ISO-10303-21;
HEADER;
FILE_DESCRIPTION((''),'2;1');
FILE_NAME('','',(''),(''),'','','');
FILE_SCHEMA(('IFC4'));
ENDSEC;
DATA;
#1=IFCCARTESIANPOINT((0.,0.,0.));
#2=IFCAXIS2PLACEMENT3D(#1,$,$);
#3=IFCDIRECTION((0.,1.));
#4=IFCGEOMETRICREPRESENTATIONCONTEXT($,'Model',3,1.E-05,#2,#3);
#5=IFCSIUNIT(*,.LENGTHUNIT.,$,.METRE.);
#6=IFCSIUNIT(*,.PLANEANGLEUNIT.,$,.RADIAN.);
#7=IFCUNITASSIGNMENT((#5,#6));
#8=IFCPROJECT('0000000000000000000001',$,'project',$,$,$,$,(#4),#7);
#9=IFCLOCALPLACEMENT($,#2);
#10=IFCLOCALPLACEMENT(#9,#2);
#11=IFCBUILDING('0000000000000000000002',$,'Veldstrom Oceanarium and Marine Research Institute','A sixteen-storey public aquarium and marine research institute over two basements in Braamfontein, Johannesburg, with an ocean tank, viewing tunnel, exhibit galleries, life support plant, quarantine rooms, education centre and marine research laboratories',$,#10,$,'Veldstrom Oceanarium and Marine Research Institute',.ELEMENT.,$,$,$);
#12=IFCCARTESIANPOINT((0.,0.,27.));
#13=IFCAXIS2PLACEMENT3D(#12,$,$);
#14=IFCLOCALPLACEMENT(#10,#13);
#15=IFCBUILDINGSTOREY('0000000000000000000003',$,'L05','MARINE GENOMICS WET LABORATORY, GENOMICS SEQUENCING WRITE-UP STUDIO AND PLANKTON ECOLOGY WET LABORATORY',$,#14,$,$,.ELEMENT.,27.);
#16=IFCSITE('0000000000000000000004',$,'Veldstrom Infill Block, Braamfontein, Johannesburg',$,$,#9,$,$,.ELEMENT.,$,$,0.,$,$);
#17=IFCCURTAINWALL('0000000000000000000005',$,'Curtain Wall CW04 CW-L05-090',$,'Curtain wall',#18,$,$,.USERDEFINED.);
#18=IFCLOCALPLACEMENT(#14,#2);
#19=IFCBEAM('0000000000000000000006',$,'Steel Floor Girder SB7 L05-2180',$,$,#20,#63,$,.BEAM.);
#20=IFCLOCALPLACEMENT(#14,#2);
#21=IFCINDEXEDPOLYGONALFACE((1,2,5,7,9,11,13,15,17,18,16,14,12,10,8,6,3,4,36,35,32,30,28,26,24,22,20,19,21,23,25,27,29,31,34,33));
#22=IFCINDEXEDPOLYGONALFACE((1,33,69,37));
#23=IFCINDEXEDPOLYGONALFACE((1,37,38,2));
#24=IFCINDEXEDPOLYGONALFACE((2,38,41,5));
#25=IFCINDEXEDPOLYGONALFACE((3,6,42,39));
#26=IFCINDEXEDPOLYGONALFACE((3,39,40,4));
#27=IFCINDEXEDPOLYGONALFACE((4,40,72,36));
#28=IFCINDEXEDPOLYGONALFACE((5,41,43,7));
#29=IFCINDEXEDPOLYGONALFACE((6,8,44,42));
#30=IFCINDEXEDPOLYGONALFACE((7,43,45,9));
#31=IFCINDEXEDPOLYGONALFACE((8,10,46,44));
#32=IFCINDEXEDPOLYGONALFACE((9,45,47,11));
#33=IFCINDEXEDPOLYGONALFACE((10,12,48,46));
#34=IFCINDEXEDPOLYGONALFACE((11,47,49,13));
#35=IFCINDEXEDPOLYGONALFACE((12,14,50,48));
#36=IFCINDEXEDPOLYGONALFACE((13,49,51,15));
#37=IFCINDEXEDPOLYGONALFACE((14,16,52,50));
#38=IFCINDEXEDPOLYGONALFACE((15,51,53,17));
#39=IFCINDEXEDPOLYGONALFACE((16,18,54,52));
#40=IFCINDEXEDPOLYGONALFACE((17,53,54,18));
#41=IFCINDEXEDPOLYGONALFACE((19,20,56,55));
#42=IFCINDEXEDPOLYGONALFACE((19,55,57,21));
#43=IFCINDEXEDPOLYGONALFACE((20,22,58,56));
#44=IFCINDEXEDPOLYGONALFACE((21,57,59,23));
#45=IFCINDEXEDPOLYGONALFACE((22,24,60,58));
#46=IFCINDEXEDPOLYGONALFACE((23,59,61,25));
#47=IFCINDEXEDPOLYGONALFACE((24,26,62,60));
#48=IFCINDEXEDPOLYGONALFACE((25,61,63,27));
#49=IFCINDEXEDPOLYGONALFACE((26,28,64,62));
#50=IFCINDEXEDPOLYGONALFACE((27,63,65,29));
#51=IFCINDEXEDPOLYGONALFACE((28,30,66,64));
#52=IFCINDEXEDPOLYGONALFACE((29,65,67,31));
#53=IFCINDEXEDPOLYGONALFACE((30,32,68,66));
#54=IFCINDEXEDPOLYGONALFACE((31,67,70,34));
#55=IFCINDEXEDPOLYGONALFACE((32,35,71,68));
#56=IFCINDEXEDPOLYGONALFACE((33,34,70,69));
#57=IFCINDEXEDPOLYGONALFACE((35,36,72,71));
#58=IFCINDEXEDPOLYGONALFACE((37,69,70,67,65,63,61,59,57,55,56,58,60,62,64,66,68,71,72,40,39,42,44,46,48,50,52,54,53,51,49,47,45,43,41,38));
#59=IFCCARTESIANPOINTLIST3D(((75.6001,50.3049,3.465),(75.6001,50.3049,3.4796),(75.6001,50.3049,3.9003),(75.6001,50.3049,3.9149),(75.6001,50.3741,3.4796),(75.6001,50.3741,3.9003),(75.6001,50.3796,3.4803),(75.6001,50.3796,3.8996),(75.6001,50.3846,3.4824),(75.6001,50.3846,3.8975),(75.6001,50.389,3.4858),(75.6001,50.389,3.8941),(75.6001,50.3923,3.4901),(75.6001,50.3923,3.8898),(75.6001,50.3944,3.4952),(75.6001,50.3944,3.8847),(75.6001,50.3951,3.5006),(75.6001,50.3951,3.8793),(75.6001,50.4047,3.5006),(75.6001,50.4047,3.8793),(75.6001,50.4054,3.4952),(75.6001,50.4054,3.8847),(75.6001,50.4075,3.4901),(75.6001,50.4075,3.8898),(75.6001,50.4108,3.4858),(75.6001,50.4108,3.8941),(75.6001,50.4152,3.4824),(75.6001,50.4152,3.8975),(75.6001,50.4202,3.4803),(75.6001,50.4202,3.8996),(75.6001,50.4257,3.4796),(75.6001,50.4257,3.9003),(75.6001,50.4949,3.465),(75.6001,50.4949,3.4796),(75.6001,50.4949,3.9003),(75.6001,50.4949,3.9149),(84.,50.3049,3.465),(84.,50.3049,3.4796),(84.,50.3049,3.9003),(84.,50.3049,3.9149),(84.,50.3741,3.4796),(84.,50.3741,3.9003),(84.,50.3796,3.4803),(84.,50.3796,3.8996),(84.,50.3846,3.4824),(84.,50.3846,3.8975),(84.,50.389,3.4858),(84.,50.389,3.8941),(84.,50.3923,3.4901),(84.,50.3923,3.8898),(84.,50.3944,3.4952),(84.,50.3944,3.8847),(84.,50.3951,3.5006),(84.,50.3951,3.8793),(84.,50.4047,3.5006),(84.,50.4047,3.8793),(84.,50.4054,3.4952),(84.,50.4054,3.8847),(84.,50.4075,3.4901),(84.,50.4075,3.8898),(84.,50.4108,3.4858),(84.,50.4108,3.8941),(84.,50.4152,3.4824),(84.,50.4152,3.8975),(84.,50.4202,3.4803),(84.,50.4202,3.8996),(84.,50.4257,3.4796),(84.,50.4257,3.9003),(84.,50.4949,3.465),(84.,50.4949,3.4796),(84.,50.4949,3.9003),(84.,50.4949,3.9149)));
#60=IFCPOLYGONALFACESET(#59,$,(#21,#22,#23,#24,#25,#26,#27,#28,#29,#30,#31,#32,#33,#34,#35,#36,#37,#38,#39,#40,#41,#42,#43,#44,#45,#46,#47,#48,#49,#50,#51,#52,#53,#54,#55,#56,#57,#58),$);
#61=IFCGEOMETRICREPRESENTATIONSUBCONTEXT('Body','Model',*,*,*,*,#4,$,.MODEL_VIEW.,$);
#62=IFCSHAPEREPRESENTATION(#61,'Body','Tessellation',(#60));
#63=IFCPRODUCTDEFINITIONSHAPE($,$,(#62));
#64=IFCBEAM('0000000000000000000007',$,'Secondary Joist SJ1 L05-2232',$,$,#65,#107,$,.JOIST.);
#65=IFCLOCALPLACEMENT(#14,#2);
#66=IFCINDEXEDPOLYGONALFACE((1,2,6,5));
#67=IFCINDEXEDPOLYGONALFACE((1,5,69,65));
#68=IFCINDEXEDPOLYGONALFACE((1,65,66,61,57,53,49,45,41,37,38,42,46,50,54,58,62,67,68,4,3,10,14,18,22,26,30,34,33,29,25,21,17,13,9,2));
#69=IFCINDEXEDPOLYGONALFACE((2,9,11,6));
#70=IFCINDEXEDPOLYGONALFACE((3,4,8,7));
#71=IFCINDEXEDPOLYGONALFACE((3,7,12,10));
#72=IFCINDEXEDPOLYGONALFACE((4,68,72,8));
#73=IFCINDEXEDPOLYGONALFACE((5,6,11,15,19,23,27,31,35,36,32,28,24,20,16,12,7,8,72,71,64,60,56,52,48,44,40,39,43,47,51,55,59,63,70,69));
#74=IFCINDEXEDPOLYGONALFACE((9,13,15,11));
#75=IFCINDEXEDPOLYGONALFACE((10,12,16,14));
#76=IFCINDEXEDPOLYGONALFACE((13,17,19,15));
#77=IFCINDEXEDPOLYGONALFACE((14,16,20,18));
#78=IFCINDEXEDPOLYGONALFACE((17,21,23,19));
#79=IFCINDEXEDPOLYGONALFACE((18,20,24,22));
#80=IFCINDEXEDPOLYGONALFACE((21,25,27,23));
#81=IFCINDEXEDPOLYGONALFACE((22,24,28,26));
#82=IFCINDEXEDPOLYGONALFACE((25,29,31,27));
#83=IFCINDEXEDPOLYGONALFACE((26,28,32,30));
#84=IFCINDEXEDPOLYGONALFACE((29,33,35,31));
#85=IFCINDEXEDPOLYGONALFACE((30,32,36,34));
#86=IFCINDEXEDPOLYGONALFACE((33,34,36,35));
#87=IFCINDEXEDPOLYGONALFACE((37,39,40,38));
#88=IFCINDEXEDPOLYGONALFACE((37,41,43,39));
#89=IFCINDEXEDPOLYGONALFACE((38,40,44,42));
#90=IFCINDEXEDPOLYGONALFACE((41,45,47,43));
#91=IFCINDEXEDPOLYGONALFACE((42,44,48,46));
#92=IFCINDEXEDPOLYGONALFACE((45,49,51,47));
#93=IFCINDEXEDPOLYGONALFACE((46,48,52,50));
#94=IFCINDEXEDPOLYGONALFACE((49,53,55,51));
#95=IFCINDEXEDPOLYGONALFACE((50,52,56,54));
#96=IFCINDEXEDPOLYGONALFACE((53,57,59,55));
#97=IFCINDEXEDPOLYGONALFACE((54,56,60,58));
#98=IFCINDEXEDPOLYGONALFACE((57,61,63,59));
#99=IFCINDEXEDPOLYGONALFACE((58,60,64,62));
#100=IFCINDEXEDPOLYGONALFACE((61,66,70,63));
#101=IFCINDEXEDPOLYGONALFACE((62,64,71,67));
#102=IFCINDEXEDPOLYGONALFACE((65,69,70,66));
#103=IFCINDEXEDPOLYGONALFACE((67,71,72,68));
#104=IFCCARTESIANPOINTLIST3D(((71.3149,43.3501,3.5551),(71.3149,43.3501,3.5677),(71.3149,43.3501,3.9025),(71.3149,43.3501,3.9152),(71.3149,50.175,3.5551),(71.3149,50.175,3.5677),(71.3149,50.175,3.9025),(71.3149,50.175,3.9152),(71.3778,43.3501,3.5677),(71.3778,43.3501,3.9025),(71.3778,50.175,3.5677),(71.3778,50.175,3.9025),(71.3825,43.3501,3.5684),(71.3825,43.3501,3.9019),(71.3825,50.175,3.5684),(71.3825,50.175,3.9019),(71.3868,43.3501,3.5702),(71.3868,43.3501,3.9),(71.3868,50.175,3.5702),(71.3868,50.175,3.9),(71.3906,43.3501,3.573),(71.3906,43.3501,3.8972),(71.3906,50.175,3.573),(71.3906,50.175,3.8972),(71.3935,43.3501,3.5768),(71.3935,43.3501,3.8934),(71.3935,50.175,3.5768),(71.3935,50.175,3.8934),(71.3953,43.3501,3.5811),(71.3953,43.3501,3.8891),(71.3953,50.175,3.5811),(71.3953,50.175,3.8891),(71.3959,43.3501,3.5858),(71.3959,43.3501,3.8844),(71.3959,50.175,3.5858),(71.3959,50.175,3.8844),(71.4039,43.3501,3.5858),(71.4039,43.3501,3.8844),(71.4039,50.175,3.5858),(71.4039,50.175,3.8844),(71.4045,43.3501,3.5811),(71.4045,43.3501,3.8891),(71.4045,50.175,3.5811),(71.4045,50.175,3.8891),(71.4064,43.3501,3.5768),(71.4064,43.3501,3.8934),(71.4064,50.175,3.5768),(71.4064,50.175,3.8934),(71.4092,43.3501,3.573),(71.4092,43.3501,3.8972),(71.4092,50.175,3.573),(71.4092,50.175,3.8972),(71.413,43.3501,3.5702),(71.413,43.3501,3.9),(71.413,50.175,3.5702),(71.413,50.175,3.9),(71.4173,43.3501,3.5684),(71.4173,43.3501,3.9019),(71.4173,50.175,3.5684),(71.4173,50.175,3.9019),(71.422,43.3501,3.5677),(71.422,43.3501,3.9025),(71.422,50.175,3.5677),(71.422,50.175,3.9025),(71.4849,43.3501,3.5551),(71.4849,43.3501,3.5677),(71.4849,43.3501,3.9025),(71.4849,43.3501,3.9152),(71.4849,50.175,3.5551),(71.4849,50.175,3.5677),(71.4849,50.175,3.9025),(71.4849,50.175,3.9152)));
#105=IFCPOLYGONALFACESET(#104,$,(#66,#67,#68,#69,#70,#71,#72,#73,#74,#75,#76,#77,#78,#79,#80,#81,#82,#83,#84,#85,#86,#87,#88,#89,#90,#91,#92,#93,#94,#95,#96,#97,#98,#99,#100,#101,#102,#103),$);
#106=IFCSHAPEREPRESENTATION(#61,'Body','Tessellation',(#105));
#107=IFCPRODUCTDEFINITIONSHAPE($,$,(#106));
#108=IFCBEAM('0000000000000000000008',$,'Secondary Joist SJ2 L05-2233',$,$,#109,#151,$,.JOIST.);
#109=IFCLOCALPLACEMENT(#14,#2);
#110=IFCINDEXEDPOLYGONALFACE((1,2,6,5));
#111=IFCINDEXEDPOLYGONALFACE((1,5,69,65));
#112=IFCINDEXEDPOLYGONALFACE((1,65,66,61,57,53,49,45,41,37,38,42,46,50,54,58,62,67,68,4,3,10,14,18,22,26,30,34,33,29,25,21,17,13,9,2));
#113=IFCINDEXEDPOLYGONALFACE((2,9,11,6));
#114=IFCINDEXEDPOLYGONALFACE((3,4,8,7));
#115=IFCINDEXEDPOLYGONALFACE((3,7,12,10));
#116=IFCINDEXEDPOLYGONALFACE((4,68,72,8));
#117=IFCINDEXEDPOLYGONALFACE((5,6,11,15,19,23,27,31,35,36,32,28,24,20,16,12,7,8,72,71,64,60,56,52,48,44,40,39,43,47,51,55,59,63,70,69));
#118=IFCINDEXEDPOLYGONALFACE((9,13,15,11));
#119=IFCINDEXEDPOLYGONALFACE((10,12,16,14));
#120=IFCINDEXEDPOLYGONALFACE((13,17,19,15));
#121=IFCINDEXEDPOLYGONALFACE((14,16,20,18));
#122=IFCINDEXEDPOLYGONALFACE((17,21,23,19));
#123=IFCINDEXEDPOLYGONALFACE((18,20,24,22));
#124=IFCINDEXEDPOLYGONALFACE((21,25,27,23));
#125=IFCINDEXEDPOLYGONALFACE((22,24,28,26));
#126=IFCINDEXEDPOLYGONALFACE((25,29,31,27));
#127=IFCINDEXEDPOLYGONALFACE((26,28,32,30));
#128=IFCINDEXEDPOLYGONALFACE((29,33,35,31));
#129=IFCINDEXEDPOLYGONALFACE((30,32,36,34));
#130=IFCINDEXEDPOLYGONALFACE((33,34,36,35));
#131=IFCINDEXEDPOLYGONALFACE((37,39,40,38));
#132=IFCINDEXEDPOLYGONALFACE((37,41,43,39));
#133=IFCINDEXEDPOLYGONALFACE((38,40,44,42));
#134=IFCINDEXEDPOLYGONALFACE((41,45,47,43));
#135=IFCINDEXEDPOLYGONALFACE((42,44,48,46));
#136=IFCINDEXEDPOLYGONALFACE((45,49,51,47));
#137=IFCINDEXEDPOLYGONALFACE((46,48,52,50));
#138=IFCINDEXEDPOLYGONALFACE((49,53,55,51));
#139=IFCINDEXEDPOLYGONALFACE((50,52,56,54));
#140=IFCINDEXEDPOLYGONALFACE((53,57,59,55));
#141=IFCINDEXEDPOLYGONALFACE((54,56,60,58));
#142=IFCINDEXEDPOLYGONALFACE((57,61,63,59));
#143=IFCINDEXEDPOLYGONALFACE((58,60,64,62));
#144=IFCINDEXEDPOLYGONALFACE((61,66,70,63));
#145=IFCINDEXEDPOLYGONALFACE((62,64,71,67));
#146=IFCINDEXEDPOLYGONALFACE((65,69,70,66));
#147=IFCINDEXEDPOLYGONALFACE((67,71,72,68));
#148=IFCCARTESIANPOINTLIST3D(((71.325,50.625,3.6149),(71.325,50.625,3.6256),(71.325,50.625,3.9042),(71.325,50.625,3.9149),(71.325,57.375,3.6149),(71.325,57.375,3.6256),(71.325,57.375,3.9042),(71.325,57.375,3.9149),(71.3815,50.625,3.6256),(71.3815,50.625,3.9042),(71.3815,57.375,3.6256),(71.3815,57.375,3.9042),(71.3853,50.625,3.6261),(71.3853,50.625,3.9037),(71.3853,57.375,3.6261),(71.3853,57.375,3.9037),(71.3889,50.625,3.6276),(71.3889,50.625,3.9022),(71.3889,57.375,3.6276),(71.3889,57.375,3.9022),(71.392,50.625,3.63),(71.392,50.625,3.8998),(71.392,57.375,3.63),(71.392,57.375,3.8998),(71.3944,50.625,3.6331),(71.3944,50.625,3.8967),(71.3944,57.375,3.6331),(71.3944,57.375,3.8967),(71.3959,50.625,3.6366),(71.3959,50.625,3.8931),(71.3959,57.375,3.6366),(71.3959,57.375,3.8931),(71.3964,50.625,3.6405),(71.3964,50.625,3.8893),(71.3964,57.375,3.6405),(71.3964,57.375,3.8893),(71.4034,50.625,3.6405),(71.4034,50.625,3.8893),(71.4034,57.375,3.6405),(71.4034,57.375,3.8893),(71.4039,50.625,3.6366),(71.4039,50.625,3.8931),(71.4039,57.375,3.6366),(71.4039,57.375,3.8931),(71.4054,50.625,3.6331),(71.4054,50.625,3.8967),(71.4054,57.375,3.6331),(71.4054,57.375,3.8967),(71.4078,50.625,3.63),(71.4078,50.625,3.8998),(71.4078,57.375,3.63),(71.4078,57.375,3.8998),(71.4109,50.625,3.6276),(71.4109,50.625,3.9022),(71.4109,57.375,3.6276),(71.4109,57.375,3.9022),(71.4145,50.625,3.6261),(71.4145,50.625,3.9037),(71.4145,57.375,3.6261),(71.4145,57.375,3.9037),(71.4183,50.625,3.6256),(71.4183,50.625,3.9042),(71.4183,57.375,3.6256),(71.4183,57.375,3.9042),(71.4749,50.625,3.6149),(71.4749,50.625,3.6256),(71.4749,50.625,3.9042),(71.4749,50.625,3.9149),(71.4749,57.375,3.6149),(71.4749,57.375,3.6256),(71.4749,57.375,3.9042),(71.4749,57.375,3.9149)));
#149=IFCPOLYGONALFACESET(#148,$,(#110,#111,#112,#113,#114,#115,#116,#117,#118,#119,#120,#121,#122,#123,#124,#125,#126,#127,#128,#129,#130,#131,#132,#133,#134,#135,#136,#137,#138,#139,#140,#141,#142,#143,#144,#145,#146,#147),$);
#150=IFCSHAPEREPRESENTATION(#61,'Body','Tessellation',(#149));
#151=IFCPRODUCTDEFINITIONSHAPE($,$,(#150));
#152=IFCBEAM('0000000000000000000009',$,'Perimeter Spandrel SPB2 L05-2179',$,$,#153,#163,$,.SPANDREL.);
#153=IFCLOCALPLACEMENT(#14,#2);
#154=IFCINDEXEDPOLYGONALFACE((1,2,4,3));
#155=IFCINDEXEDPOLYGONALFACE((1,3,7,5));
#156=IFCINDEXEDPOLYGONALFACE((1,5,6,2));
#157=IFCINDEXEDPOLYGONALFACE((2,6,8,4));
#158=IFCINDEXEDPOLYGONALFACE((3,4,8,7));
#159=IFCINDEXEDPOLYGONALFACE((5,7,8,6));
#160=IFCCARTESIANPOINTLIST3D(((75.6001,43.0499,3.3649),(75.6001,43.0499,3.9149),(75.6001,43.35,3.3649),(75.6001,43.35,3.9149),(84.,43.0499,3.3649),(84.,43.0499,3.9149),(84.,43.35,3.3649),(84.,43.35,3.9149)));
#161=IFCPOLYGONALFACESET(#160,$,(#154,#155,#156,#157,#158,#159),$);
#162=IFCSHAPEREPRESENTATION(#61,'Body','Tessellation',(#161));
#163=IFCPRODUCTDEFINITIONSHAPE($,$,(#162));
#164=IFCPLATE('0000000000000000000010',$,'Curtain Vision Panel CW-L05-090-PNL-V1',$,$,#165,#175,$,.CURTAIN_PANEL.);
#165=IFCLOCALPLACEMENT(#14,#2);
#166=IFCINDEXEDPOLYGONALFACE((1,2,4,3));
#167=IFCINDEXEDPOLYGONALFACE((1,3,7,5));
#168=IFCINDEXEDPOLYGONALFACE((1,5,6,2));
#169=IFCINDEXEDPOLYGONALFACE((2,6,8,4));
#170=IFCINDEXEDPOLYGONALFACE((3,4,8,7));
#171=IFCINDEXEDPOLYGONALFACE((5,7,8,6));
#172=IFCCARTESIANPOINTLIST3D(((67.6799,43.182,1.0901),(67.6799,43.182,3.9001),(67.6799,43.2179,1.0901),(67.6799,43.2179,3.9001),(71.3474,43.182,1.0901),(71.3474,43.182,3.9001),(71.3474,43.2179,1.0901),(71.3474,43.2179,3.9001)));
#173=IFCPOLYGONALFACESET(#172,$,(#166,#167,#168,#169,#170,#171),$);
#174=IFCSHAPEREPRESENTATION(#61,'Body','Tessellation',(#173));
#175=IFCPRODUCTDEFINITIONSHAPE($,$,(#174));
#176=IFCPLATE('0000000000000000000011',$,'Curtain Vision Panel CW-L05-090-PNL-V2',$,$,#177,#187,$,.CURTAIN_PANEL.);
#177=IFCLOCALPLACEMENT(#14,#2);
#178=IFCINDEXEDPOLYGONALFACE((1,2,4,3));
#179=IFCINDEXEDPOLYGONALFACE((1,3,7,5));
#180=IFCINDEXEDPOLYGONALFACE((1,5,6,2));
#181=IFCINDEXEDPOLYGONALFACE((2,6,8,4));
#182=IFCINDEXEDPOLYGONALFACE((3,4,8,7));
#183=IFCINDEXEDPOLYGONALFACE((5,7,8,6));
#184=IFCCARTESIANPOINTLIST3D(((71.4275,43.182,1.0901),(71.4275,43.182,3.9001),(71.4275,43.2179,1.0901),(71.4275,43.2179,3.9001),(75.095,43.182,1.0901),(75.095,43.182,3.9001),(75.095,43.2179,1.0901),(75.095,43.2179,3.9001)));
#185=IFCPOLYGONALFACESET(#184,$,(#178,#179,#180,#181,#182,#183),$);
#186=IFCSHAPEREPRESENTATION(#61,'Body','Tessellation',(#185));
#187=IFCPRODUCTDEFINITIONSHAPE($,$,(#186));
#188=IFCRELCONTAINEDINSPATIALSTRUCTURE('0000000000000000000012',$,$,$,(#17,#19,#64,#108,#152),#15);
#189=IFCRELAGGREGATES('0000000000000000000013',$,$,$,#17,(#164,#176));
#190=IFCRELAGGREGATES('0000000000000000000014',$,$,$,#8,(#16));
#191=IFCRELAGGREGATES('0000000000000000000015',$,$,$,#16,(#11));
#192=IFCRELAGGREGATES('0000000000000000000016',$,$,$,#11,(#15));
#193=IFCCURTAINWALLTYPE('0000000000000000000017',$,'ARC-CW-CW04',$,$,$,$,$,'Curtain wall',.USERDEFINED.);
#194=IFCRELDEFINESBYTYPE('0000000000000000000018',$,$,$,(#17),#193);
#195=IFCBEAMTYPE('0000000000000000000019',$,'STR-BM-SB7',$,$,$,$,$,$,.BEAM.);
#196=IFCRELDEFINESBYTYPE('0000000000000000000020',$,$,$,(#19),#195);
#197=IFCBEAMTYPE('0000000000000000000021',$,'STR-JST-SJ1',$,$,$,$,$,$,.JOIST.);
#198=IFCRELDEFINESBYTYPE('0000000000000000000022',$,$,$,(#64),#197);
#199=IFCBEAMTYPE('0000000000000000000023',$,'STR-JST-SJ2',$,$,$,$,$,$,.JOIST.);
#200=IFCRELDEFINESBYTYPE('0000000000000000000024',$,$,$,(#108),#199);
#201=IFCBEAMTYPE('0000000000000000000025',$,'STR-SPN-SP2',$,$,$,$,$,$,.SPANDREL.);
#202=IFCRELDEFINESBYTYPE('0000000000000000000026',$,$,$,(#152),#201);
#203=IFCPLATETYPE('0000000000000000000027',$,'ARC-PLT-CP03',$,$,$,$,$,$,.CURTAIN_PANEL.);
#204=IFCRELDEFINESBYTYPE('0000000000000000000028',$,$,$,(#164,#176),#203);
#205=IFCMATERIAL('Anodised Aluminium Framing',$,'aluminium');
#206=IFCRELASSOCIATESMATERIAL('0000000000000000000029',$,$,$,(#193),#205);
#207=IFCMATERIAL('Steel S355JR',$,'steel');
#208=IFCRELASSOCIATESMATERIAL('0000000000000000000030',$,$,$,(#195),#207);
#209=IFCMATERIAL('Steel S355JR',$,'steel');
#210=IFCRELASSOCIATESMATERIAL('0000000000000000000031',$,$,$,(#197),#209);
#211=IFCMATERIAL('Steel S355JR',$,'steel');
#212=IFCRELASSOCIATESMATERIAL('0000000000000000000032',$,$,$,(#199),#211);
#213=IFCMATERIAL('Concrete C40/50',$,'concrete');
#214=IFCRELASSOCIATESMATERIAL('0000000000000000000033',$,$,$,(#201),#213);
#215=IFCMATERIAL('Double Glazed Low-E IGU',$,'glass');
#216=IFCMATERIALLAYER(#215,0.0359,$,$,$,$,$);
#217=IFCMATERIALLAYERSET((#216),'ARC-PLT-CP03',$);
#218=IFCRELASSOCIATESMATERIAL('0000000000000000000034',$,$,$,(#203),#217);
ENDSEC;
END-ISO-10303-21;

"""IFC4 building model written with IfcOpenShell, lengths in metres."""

from ifc_helpers import new_model, si_unit, direction, frame, origin, origin_2d, place, context, subcontext, project, spatial, rectangle, i_section, extrude, material, layer, layer_set, material_profile, profile_set, type_object, element, aggregate, save


model = new_model("IFC4")

# Units and contexts
model_context = context("Model", 3, precision=1e-05, world=origin(), true_north=direction((0.0, 1.0)))
body_context = subcontext(model_context, "Body", "Model", "MODEL_VIEW")
ifc_project = project(units=[si_unit("LENGTHUNIT", "METRE"), si_unit("PLANEANGLEUNIT", "RADIAN")], contexts=[model_context])

# Site, building, storey
site_placement = place(None, origin())
site = spatial("IfcSite", under=ifc_project, at=site_placement, Name="Veldstrom Infill Block, Braamfontein, Johannesburg", CompositionType="ELEMENT", RefElevation=0.0)
building_placement = place(site_placement, origin())
building = spatial("IfcBuilding", under=site, at=building_placement, Name="Veldstrom Oceanarium and Marine Research Institute", Description="A sixteen-storey public aquarium and marine research institute over two basements in Braamfontein, Johannesburg, with an ocean tank, viewing tunnel, exhibit galleries, life support plant, quarantine rooms, education centre and marine research laboratories", LongName="Veldstrom Oceanarium and Marine Research Institute", CompositionType="ELEMENT")
storey_placement = place(building_placement, frame((0.0, 0.0, 27.0)))
storey = spatial("IfcBuildingStorey", under=building, at=storey_placement, Name="L05", Description="MARINE GENOMICS WET LABORATORY, GENOMICS SEQUENCING WRITE-UP STUDIO AND PLANKTON ECOLOGY WET LABORATORY", CompositionType="ELEMENT", Elevation=27.0)

# Curtain wall
ifc_material_1 = material(Name="Anodised Aluminium Framing", Category="aluminium")
curtain_wall_type = type_object("IfcCurtainWallType", Name="ARC-CW-CW04", ElementType="Curtain wall", PredefinedType="USERDEFINED", material=ifc_material_1)
curtain_wall_placement = place(storey_placement, origin())
curtain_wall = element("IfcCurtainWall", 1, at=curtain_wall_placement, inside=storey, type_object=curtain_wall_type, Name="Curtain Wall CW04 CW-L05-090", ObjectType="Curtain wall", PredefinedType="USERDEFINED")

# Beams
ifc_material_2 = material(Name="Steel S355JR", Category="steel")
ifc_material_profile_1 = material_profile(ifc_material_2, i_section(OverallWidth=0.1899, OverallDepth=0.45, WebThickness=0.0095, FlangeThickness=0.0146, FilletRadius=0.021, at=origin_2d()), Name="IPE 450")
ifc_profile_set_1 = profile_set([ifc_material_profile_1], Name="Steel S355JR")
beam_type_1 = type_object("IfcBeamType", Name="STR-BM-SB7", PredefinedType="BEAM", material=ifc_profile_set_1)
beam_1_placement = place(storey_placement, frame((75.6001, 50.3999, 3.6899), z_axis=(1.0, 0.0, 0.0), x_axis=(0.0, 1.0, 0.0)))
element("IfcBeam", 2, at=beam_1_placement, inside=storey, type_object=beam_type_1, Name="Steel Floor Girder SB7 L05-2180", PredefinedType="BEAM", context=body_context, shape_type="SweptSolid", body=[
    extrude(i_section(OverallWidth=0.1899, OverallDepth=0.45, WebThickness=0.0095, FlangeThickness=0.0146, FilletRadius=0.021, at=origin_2d()), origin(), (0.0, 0.0, 1.0), 8.3999),
])
ifc_material_3 = material(Name="Steel S355JR", Category="steel")
ifc_material_profile_2 = material_profile(ifc_material_3, i_section(OverallWidth=0.1699, OverallDepth=0.3601, WebThickness=0.0081, FlangeThickness=0.0127, FilletRadius=0.0181, at=origin_2d()), Name="IPE 360")
ifc_profile_set_2 = profile_set([ifc_material_profile_2], Name="Steel S355JR")
beam_type_2 = type_object("IfcBeamType", Name="STR-JST-SJ1", PredefinedType="JOIST", material=ifc_profile_set_2)
beam_2_placement = place(storey_placement, frame((71.3999, 43.3501, 3.7351), z_axis=(0.0, 1.0, 0.0), x_axis=(-1.0, 0.0, 0.0)))
element("IfcBeam", 3, at=beam_2_placement, inside=storey, type_object=beam_type_2, Name="Secondary Joist SJ1 L05-2232", PredefinedType="JOIST", context=body_context, shape_type="SweptSolid", body=[
    extrude(i_section(OverallWidth=0.1699, OverallDepth=0.3601, WebThickness=0.0081, FlangeThickness=0.0127, FilletRadius=0.0181, at=origin_2d()), origin(), (0.0, 0.0, 1.0), 6.825),
])
ifc_material_4 = material(Name="Steel S355JR", Category="steel")
ifc_material_profile_3 = material_profile(ifc_material_4, i_section(OverallWidth=0.1499, OverallDepth=0.3, WebThickness=0.0071, FlangeThickness=0.0107, FilletRadius=0.0149, at=origin_2d()), Name="IPE 300")
ifc_profile_set_3 = profile_set([ifc_material_profile_3], Name="Steel S355JR")
beam_type_3 = type_object("IfcBeamType", Name="STR-JST-SJ2", PredefinedType="JOIST", material=ifc_profile_set_3)
beam_3_placement = place(storey_placement, frame((71.3999, 50.625, 3.7649), z_axis=(0.0, 1.0, 0.0), x_axis=(-1.0, 0.0, 0.0)))
element("IfcBeam", 4, at=beam_3_placement, inside=storey, type_object=beam_type_3, Name="Secondary Joist SJ2 L05-2233", PredefinedType="JOIST", context=body_context, shape_type="SweptSolid", body=[
    extrude(i_section(OverallWidth=0.1499, OverallDepth=0.3, WebThickness=0.0071, FlangeThickness=0.0107, FilletRadius=0.0149, at=origin_2d()), origin(), (0.0, 0.0, 1.0), 6.75),
])
ifc_material_5 = material(Name="Concrete C40/50", Category="concrete")
ifc_material_profile_4 = material_profile(ifc_material_5, rectangle(XDim=0.3, YDim=0.55, at=origin_2d()), Name="RC-SPN-300x550")
ifc_profile_set_4 = profile_set([ifc_material_profile_4], Name="Concrete C40/50")
beam_type_4 = type_object("IfcBeamType", Name="STR-SPN-SP2", PredefinedType="SPANDREL", material=ifc_profile_set_4)
beam_4_placement = place(storey_placement, frame((75.6001, 43.2, 3.6399), z_axis=(1.0, 0.0, 0.0), x_axis=(0.0, 1.0, 0.0)))
element("IfcBeam", 5, at=beam_4_placement, inside=storey, type_object=beam_type_4, Name="Perimeter Spandrel SPB2 L05-2179", PredefinedType="SPANDREL", context=body_context, shape_type="SweptSolid", body=[
    extrude(rectangle(XDim=0.3, YDim=0.55, at=origin_2d()), origin(), (0.0, 0.0, 1.0), 8.3999),
])

# Plates
ifc_material_6 = material(Name="Double Glazed Low-E IGU", Category="glass")
ifc_layer_1 = layer(ifc_material_6, 0.0359)
ifc_layer_set_1 = layer_set([ifc_layer_1], Name="ARC-PLT-CP03")
plate_type_1 = type_object("IfcPlateType", Name="ARC-PLT-CP03", PredefinedType="CURTAIN_PANEL", material=ifc_layer_set_1)
plate_1_placement = place(storey_placement, frame((69.5137, 43.2, 1.0901), z_axis=(0.0, 0.0, 1.0), x_axis=(1.0, 0.0, 0.0)))
plate_1 = element("IfcPlate", 6, at=plate_1_placement, type_object=plate_type_1, Name="Curtain Vision Panel CW-L05-090-PNL-V1", PredefinedType="CURTAIN_PANEL", context=body_context, shape_type="SweptSolid", body=[
    extrude(rectangle(XDim=3.6675, YDim=0.0359, at=origin_2d()), origin(), (0.0, 0.0, 1.0), 2.8101),
])
plate_2_placement = place(storey_placement, frame((73.2612, 43.2, 1.0901), z_axis=(0.0, 0.0, 1.0), x_axis=(1.0, 0.0, 0.0)))
plate_2 = element("IfcPlate", 7, at=plate_2_placement, type_object=plate_type_1, Name="Curtain Vision Panel CW-L05-090-PNL-V2", PredefinedType="CURTAIN_PANEL", context=body_context, shape_type="SweptSolid", body=[
    extrude(rectangle(XDim=3.6675, YDim=0.0359, at=origin_2d()), origin(), (0.0, 0.0, 1.0), 2.8101),
])
aggregate(curtain_wall, [plate_1, plate_2])

save(model, "model.ifc")
